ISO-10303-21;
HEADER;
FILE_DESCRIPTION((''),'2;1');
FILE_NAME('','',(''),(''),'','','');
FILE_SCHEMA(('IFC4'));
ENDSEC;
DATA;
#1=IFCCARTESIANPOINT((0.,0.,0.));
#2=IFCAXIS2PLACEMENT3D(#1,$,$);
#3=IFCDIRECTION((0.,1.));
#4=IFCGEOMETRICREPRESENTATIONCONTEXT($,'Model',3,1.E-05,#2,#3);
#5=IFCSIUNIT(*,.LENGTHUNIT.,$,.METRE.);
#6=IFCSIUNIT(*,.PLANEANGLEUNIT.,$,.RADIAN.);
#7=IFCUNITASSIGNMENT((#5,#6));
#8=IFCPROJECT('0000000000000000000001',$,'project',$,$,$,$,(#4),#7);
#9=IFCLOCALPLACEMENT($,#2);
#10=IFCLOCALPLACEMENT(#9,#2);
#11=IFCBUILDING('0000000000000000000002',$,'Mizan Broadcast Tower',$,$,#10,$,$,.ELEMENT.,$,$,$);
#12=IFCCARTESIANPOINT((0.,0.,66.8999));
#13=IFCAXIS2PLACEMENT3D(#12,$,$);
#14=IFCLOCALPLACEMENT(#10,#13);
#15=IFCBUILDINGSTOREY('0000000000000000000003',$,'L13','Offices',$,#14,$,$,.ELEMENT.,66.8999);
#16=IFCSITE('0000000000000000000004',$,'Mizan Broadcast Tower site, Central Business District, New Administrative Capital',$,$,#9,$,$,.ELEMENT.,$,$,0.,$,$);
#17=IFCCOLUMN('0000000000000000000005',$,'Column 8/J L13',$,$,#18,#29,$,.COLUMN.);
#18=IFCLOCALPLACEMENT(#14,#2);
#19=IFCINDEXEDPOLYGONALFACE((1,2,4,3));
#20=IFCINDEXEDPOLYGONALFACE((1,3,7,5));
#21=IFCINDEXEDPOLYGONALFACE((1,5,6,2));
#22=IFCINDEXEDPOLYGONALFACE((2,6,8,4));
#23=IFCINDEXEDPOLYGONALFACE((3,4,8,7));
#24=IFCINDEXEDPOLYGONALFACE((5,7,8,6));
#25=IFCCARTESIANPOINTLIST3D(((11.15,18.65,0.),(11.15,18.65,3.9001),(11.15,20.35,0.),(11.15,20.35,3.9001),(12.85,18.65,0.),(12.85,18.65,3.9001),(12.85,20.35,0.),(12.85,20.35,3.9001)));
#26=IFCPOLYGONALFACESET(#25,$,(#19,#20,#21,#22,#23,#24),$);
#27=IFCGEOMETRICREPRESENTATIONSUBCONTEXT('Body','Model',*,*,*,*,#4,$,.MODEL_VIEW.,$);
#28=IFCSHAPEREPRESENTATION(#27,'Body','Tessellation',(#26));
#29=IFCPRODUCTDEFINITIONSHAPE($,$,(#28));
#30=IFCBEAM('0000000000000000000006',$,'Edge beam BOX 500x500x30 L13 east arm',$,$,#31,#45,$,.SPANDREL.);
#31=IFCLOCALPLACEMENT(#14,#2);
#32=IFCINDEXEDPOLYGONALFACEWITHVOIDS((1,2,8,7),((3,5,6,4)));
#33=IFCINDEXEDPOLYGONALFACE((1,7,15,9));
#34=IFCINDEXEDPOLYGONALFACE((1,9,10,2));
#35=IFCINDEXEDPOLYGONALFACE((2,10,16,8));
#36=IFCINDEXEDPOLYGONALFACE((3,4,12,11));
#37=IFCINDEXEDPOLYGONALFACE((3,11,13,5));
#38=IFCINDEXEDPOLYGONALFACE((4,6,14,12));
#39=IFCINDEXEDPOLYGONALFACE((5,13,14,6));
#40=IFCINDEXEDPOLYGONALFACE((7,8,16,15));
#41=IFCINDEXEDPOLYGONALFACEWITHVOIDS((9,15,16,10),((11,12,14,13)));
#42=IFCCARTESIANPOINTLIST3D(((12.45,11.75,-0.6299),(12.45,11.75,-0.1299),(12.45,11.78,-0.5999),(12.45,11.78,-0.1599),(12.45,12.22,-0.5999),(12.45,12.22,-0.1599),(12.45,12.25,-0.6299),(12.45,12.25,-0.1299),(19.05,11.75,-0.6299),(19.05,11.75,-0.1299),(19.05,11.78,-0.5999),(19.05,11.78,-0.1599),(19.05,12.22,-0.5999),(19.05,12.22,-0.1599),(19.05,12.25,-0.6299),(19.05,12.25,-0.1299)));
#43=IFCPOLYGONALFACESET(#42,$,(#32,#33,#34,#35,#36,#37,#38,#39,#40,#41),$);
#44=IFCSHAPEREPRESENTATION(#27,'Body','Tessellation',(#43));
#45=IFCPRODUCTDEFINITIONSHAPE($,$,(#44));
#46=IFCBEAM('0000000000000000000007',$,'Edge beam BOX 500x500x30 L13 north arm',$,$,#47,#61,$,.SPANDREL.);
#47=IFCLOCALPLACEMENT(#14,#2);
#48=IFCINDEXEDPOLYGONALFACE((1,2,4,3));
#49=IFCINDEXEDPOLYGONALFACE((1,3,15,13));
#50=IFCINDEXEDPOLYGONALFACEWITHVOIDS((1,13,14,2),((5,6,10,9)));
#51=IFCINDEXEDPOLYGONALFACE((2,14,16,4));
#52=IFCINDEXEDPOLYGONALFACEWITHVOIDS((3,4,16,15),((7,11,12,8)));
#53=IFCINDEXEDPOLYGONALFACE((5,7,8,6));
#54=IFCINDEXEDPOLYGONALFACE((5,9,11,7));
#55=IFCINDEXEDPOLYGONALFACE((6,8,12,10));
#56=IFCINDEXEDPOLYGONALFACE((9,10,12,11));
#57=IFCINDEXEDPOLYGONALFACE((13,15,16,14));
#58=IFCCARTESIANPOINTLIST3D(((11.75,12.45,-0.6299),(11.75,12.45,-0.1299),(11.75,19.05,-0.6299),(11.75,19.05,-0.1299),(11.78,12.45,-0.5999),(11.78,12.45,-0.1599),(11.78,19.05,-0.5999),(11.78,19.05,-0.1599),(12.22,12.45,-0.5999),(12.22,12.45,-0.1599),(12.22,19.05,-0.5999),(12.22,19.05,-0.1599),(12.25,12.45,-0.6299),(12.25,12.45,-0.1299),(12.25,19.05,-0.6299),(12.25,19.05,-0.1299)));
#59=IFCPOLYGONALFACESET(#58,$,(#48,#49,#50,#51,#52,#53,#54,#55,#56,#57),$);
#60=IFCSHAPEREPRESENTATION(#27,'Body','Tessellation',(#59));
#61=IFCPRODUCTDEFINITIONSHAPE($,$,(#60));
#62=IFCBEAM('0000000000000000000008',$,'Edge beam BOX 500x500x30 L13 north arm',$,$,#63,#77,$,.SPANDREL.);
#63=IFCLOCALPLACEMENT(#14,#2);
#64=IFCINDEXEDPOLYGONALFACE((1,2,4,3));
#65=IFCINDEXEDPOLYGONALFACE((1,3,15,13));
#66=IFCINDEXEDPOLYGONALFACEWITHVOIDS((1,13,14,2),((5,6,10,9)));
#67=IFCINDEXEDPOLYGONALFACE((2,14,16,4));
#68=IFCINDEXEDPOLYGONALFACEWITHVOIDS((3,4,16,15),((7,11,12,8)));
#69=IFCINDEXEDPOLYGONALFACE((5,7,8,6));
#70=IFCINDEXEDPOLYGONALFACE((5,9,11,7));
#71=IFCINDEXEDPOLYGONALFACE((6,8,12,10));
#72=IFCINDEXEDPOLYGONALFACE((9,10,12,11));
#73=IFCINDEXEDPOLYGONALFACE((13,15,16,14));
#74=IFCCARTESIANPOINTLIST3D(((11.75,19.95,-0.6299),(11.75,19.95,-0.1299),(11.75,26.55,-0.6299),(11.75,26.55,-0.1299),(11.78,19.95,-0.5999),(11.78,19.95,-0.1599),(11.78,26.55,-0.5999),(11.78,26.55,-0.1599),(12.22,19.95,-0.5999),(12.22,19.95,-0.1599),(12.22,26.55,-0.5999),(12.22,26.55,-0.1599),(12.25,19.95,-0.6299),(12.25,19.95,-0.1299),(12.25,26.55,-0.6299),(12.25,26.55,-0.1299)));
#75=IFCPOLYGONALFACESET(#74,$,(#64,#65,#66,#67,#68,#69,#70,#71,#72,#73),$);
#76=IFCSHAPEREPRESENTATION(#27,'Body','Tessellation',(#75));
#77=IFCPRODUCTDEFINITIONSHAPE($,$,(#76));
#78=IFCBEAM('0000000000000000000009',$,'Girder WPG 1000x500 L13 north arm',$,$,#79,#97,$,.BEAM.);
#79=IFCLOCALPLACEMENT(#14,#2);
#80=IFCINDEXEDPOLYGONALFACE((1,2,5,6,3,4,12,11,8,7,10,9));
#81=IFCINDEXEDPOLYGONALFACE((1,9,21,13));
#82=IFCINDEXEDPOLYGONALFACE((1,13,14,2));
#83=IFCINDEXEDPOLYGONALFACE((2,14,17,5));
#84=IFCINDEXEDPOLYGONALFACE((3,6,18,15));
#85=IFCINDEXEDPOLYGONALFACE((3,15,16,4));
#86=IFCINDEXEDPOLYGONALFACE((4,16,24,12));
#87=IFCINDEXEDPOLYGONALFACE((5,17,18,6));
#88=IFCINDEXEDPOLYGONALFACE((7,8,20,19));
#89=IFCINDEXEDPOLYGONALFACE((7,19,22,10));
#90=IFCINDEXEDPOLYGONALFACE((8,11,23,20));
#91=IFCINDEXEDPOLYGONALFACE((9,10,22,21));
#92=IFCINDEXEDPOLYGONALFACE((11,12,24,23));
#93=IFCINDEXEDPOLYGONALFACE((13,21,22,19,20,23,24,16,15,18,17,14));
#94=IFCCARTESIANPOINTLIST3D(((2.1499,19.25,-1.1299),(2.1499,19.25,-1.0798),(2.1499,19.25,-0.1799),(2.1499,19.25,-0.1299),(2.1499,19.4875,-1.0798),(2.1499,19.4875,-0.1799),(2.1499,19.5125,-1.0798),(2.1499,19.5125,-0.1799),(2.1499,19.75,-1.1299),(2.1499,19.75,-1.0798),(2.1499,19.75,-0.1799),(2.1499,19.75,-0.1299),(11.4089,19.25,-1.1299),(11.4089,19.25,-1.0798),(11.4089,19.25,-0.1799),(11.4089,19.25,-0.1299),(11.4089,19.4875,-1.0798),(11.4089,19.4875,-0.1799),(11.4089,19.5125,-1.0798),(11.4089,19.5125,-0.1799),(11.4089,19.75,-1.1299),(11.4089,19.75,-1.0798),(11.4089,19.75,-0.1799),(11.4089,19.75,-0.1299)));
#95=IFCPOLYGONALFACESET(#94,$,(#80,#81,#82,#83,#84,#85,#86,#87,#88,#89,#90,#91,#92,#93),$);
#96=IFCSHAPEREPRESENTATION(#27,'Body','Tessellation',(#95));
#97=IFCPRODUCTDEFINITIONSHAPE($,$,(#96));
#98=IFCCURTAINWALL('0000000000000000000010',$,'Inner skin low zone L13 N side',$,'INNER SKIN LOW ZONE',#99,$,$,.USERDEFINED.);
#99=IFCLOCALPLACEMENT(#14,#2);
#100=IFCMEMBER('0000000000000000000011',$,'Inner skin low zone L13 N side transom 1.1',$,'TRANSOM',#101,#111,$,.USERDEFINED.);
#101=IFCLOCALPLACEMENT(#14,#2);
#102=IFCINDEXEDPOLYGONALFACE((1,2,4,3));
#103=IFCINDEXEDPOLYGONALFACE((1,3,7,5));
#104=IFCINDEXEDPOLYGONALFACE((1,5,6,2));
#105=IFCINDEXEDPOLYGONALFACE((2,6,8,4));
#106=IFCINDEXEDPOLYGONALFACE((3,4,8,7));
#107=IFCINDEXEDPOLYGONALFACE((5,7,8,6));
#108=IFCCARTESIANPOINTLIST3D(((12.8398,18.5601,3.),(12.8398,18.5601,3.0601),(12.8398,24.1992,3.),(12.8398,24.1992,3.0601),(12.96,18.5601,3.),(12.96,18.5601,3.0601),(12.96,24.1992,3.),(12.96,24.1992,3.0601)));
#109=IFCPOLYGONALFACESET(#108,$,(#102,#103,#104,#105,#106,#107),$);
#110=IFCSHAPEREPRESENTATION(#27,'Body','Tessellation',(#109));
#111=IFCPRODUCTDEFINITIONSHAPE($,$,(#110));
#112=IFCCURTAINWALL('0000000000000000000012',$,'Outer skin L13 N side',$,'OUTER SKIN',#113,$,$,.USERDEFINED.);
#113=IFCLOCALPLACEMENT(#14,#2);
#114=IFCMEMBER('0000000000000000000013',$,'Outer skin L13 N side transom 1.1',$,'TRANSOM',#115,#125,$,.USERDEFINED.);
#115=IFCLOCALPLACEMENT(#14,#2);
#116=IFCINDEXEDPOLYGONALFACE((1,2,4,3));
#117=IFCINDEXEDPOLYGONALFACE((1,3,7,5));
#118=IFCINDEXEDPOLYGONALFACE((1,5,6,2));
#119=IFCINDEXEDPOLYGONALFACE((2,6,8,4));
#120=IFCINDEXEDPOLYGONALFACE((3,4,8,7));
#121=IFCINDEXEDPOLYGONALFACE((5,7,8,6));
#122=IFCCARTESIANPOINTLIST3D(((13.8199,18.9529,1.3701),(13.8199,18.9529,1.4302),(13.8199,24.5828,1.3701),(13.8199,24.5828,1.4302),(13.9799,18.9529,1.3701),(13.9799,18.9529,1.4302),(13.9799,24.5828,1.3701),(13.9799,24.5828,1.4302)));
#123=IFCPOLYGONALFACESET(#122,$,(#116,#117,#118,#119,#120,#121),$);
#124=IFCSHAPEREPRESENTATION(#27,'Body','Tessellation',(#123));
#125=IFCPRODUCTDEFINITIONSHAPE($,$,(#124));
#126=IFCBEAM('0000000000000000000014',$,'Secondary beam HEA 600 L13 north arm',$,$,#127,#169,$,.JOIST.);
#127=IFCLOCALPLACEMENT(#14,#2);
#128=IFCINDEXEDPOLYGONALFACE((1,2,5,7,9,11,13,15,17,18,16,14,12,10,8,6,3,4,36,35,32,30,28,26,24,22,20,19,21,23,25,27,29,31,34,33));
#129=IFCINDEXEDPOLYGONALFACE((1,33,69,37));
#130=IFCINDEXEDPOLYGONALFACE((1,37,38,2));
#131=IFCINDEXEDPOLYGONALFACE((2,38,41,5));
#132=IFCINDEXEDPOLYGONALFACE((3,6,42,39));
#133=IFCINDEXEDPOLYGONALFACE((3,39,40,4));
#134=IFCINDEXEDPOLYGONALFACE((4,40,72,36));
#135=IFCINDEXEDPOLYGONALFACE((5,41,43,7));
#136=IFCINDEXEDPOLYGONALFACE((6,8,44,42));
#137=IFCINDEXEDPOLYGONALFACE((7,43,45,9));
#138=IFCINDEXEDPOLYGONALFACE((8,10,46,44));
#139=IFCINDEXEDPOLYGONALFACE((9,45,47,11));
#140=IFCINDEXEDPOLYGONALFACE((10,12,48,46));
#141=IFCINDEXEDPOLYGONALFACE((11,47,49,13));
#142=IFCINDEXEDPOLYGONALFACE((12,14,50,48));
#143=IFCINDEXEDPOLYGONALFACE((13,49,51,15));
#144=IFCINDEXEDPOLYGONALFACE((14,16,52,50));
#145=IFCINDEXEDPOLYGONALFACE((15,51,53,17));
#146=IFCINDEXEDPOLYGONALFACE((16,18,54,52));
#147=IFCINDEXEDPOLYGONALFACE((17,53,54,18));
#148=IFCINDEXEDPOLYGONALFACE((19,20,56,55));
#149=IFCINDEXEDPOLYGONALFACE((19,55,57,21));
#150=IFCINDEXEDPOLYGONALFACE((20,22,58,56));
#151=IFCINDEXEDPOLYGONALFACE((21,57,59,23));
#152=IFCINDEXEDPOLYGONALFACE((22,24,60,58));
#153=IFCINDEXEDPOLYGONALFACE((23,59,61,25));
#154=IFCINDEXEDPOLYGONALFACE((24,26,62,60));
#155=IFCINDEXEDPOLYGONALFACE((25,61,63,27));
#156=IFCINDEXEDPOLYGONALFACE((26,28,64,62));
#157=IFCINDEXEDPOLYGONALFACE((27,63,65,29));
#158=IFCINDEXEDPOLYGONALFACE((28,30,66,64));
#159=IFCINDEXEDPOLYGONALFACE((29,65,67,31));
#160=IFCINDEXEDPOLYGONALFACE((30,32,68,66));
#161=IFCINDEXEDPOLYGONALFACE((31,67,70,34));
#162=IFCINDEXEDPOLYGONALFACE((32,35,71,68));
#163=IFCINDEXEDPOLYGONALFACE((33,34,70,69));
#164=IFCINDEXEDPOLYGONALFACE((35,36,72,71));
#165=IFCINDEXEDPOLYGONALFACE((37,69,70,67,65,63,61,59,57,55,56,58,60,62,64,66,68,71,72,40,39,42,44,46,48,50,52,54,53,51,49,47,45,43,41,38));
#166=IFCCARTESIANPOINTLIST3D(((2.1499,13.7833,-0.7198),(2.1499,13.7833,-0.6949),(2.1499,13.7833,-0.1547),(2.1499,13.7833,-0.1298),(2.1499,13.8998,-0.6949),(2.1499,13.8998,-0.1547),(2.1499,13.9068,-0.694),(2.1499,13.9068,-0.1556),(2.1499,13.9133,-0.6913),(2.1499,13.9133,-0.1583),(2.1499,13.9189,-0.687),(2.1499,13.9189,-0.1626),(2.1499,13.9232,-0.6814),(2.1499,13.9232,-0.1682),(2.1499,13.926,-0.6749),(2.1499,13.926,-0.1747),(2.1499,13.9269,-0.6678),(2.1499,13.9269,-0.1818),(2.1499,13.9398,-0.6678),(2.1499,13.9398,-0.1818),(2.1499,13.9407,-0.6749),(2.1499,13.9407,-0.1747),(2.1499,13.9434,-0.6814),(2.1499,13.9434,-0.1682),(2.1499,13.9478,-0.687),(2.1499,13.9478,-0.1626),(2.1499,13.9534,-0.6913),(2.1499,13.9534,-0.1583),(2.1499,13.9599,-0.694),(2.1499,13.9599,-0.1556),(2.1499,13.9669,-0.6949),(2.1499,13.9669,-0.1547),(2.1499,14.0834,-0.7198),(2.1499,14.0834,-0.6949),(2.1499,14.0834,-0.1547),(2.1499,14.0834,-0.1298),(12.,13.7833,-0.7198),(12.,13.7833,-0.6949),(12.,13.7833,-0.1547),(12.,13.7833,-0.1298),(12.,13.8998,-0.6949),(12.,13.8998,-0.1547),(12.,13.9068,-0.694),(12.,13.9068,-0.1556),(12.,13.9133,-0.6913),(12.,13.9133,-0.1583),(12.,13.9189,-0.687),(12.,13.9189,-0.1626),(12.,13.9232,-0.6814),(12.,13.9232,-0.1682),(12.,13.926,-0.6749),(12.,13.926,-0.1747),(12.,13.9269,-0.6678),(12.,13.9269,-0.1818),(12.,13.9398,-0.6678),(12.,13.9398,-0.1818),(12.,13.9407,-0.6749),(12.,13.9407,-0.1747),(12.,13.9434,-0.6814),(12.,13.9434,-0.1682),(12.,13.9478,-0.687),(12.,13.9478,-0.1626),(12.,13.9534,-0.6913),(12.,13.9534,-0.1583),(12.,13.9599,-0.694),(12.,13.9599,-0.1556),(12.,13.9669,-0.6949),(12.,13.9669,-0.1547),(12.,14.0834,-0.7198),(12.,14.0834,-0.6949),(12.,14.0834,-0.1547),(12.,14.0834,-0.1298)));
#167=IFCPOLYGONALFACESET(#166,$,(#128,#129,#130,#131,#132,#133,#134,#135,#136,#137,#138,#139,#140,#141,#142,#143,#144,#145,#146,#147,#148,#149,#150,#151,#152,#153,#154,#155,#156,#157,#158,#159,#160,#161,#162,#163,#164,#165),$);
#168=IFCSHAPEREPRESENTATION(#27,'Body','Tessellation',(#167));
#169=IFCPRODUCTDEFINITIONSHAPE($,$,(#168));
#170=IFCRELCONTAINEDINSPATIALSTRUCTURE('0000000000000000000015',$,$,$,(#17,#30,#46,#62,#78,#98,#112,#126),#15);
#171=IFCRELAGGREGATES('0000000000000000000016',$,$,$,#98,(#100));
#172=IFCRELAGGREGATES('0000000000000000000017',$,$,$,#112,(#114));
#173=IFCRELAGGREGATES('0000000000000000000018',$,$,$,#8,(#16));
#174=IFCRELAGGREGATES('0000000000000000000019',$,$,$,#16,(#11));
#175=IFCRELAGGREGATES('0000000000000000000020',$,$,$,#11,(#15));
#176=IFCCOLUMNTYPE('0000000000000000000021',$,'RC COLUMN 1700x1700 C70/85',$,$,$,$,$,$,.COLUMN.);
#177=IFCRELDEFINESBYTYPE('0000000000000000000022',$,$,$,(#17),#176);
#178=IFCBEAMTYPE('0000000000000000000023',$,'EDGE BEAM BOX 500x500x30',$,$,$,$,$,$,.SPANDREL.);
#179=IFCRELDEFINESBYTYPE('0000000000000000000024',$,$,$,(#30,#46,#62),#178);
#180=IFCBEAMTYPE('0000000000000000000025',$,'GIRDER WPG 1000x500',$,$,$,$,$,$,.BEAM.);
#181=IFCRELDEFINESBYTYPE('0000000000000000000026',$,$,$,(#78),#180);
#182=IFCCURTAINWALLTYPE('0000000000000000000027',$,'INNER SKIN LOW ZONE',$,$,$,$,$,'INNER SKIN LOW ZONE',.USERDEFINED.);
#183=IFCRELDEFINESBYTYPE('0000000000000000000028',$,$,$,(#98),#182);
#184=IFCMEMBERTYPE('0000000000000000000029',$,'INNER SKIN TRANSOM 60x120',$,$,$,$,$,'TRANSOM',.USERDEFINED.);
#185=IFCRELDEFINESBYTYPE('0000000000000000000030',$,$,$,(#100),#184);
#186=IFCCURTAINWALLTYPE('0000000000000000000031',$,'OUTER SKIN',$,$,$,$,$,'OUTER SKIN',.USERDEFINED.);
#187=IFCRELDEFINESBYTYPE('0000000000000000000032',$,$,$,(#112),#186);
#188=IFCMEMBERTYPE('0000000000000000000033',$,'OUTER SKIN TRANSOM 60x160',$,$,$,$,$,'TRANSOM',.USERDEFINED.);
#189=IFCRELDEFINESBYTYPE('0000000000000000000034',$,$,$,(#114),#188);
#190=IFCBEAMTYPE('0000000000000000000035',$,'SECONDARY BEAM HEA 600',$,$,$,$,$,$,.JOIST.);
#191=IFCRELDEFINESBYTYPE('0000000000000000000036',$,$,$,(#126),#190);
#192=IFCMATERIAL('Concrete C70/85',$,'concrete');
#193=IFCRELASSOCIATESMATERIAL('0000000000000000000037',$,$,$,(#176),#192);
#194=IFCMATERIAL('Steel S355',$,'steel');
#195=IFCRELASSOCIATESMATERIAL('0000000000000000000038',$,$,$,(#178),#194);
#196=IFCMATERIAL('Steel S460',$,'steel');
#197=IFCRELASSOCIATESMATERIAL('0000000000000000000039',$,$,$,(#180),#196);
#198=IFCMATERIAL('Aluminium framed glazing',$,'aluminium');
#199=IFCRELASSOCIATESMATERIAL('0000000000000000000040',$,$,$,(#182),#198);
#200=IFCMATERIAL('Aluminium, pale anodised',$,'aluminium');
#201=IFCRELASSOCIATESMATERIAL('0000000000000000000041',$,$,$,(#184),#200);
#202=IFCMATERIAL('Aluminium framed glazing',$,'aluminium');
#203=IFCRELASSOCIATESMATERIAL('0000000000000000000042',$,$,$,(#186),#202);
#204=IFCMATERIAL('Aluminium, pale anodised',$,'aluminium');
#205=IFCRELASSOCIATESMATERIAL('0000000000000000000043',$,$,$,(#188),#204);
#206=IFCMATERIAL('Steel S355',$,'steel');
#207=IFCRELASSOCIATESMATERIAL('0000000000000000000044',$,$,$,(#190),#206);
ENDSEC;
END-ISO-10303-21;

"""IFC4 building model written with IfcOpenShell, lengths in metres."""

from ifc_helpers import new_model, si_unit, direction, frame, origin, origin_2d, place, context, subcontext, project, spatial, rectangle, hollow_rectangle, i_section, extrude, material, material_profile, profile_set, type_object, element, aggregate, save


model = new_model("IFC4")

# Units and contexts
model_context = context("Model", 3, precision=1e-05, world=origin(), true_north=direction((0.0, 1.0)))
body_context = subcontext(model_context, "Body", "Model", "MODEL_VIEW")
ifc_project = project(units=[si_unit("LENGTHUNIT", "METRE"), si_unit("PLANEANGLEUNIT", "RADIAN")], contexts=[model_context])

# Site, building, storey
site_placement = place(None, origin())
site = spatial("IfcSite", under=ifc_project, at=site_placement, Name="Mizan Broadcast Tower site, Central Business District, New Administrative Capital", CompositionType="ELEMENT", RefElevation=0.0)
building_placement = place(site_placement, origin())
building = spatial("IfcBuilding", under=site, at=building_placement, Name="Mizan Broadcast Tower", CompositionType="ELEMENT")
storey_placement = place(building_placement, frame((0.0, 0.0, 66.8999)))
storey = spatial("IfcBuildingStorey", under=building, at=storey_placement, Name="L13", Description="Offices", CompositionType="ELEMENT", Elevation=66.8999)

# Column
ifc_material_1 = material(Name="Concrete C70/85", Category="concrete")
ifc_material_profile_1 = material_profile(ifc_material_1, rectangle(XDim=1.7, YDim=1.7, at=origin_2d()), Name="RC 1700x1700")
ifc_profile_set_1 = profile_set([ifc_material_profile_1], Name="Concrete C70/85")
column_type = type_object("IfcColumnType", Name="RC COLUMN 1700x1700 C70/85", PredefinedType="COLUMN", material=ifc_profile_set_1)
column_placement = place(storey_placement, frame((12.0, 19.5, 0.0), z_axis=(0.0, 0.0, 1.0), x_axis=(1.0, 0.0, 0.0)))
element("IfcColumn", 1, at=column_placement, inside=storey, type_object=column_type, Name="Column 8/J L13", PredefinedType="COLUMN", context=body_context, shape_type="SweptSolid", body=[
    extrude(rectangle(XDim=1.7, YDim=1.7, at=origin_2d()), origin(), (0.0, 0.0, 1.0), 3.9001),
])

# Beams
ifc_material_2 = material(Name="Steel S355", Category="steel")
ifc_material_profile_2 = material_profile(ifc_material_2, hollow_rectangle(XDim=0.5, YDim=0.5, WallThickness=0.03, at=origin_2d()), Name="BOX 500x500x30")
ifc_profile_set_2 = profile_set([ifc_material_profile_2], Name="Steel S355")
beam_type_1 = type_object("IfcBeamType", Name="EDGE BEAM BOX 500x500x30", PredefinedType="SPANDREL", material=ifc_profile_set_2)
for number, where, z_axis, x_axis, name in (
    (2, (12.45, 12.0, -0.3799), (1.0, 0.0, 0.0), (0.0, 1.0, 0.0), "Edge beam BOX 500x500x30 L13 east arm"),
    (3, (12.0, 12.45, -0.3799), (0.0, 1.0, 0.0), (-1.0, 0.0, 0.0), "Edge beam BOX 500x500x30 L13 north arm"),
    (4, (12.0, 19.95, -0.3799), (0.0, 1.0, 0.0), (-1.0, 0.0, 0.0), "Edge beam BOX 500x500x30 L13 north arm"),
):
    element("IfcBeam", number, at=place(storey_placement, frame(where, z_axis=z_axis, x_axis=x_axis)), inside=storey, type_object=beam_type_1, Name=name, PredefinedType="SPANDREL", context=body_context, shape_type="SweptSolid", body=[
        extrude(hollow_rectangle(XDim=0.5, YDim=0.5, WallThickness=0.03, at=origin_2d()), origin(), (0.0, 0.0, 1.0), 6.6001),
    ])
ifc_material_3 = material(Name="Steel S460", Category="steel")
ifc_material_profile_3 = material_profile(ifc_material_3, i_section(OverallWidth=0.5, OverallDepth=1.0, WebThickness=0.0249, FlangeThickness=0.05, at=origin_2d()), Name="WPG 1000x500")
ifc_profile_set_3 = profile_set([ifc_material_profile_3], Name="Steel S460")
beam_type_2 = type_object("IfcBeamType", Name="GIRDER WPG 1000x500", PredefinedType="BEAM", material=ifc_profile_set_3)
beam_1_placement = place(storey_placement, frame((11.4089, 19.5, -0.6299), z_axis=(-1.0, 0.0, 0.0), x_axis=(0.0, -1.0, 0.0)))
element("IfcBeam", 5, at=beam_1_placement, inside=storey, type_object=beam_type_2, Name="Girder WPG 1000x500 L13 north arm", PredefinedType="BEAM", context=body_context, shape_type="SweptSolid", body=[
    extrude(i_section(OverallWidth=0.5, OverallDepth=1.0, WebThickness=0.0249, FlangeThickness=0.05, at=origin_2d()), origin(), (0.0, 0.0, 1.0), 9.259),
])

# Curtain walls, members
ifc_material_4 = material(Name="Aluminium framed glazing", Category="aluminium")
curtain_wall_type_1 = type_object("IfcCurtainWallType", Name="INNER SKIN LOW ZONE", ElementType="INNER SKIN LOW ZONE", PredefinedType="USERDEFINED", material=ifc_material_4)
curtain_wall_1_placement = place(storey_placement, origin())
curtain_wall_1 = element("IfcCurtainWall", 6, at=curtain_wall_1_placement, inside=storey, type_object=curtain_wall_type_1, Name="Inner skin low zone L13 N side", ObjectType="INNER SKIN LOW ZONE", PredefinedType="USERDEFINED")
ifc_material_5 = material(Name="Aluminium, pale anodised", Category="aluminium")
ifc_material_profile_4 = material_profile(ifc_material_5, rectangle(XDim=0.1201, YDim=0.0601, at=origin_2d()), Name="TRANSOM 120x60")
ifc_profile_set_4 = profile_set([ifc_material_profile_4], Name="Aluminium, pale anodised")
member_type_1 = type_object("IfcMemberType", Name="INNER SKIN TRANSOM 60x120", ElementType="TRANSOM", PredefinedType="USERDEFINED", material=ifc_profile_set_4)
member_1_placement = place(storey_placement, frame((12.8999, 18.5601, 3.03), z_axis=(0.0, 1.0, 0.0), x_axis=(-1.0, 0.0, 0.0)))
member_1 = element("IfcMember", 7, at=member_1_placement, type_object=member_type_1, Name="Inner skin low zone L13 N side transom 1.1", ObjectType="TRANSOM", PredefinedType="USERDEFINED", context=body_context, shape_type="SweptSolid", body=[
    extrude(rectangle(XDim=0.1201, YDim=0.0601, at=origin_2d()), origin(), (0.0, 0.0, 1.0), 5.6392),
])
ifc_material_6 = material(Name="Aluminium framed glazing", Category="aluminium")
curtain_wall_type_2 = type_object("IfcCurtainWallType", Name="OUTER SKIN", ElementType="OUTER SKIN", PredefinedType="USERDEFINED", material=ifc_material_6)
curtain_wall_2_placement = place(storey_placement, origin())
curtain_wall_2 = element("IfcCurtainWall", 8, at=curtain_wall_2_placement, inside=storey, type_object=curtain_wall_type_2, Name="Outer skin L13 N side", ObjectType="OUTER SKIN", PredefinedType="USERDEFINED")
ifc_material_7 = material(Name="Aluminium, pale anodised", Category="aluminium")
ifc_material_profile_5 = material_profile(ifc_material_7, rectangle(XDim=0.1599, YDim=0.0601, at=origin_2d()), Name="TRANSOM 160x60")
ifc_profile_set_5 = profile_set([ifc_material_profile_5], Name="Aluminium, pale anodised")
member_type_2 = type_object("IfcMemberType", Name="OUTER SKIN TRANSOM 60x160", ElementType="TRANSOM", PredefinedType="USERDEFINED", material=ifc_profile_set_5)
member_2_placement = place(storey_placement, frame((13.8999, 18.9529, 1.4001), z_axis=(0.0, 1.0, 0.0), x_axis=(-1.0, 0.0, 0.0)))
member_2 = element("IfcMember", 9, at=member_2_placement, type_object=member_type_2, Name="Outer skin L13 N side transom 1.1", ObjectType="TRANSOM", PredefinedType="USERDEFINED", context=body_context, shape_type="SweptSolid", body=[
    extrude(rectangle(XDim=0.1599, YDim=0.0601, at=origin_2d()), origin(), (0.0, 0.0, 1.0), 5.6299),
])

# Beam
ifc_material_8 = material(Name="Steel S355", Category="steel")
ifc_material_profile_6 = material_profile(ifc_material_8, i_section(OverallWidth=0.3, OverallDepth=0.5901, WebThickness=0.0129, FlangeThickness=0.0249, FilletRadius=0.0271, at=origin_2d()), Name="HEA 600")
ifc_profile_set_6 = profile_set([ifc_material_profile_6], Name="Steel S355")
beam_type_3 = type_object("IfcBeamType", Name="SECONDARY BEAM HEA 600", PredefinedType="JOIST", material=ifc_profile_set_6)
for number, where, z_axis, x_axis, name in (
    (10, (12.0, 13.9333, -0.4248), (-1.0, 0.0, 0.0), (0.0, -1.0, 0.0), "Secondary beam HEA 600 L13 north arm"),
):
    element("IfcBeam", number, at=place(storey_placement, frame(where, z_axis=z_axis, x_axis=x_axis)), inside=storey, type_object=beam_type_3, Name=name, PredefinedType="JOIST", context=body_context, shape_type="SweptSolid", body=[
        extrude(i_section(OverallWidth=0.3, OverallDepth=0.5901, WebThickness=0.0129, FlangeThickness=0.0249, FilletRadius=0.0271, at=origin_2d()), origin(), (0.0, 0.0, 1.0), 9.8501),
    ])

aggregate(curtain_wall_1, [member_1])
aggregate(curtain_wall_2, [member_2])

save(model, "model.ifc")
